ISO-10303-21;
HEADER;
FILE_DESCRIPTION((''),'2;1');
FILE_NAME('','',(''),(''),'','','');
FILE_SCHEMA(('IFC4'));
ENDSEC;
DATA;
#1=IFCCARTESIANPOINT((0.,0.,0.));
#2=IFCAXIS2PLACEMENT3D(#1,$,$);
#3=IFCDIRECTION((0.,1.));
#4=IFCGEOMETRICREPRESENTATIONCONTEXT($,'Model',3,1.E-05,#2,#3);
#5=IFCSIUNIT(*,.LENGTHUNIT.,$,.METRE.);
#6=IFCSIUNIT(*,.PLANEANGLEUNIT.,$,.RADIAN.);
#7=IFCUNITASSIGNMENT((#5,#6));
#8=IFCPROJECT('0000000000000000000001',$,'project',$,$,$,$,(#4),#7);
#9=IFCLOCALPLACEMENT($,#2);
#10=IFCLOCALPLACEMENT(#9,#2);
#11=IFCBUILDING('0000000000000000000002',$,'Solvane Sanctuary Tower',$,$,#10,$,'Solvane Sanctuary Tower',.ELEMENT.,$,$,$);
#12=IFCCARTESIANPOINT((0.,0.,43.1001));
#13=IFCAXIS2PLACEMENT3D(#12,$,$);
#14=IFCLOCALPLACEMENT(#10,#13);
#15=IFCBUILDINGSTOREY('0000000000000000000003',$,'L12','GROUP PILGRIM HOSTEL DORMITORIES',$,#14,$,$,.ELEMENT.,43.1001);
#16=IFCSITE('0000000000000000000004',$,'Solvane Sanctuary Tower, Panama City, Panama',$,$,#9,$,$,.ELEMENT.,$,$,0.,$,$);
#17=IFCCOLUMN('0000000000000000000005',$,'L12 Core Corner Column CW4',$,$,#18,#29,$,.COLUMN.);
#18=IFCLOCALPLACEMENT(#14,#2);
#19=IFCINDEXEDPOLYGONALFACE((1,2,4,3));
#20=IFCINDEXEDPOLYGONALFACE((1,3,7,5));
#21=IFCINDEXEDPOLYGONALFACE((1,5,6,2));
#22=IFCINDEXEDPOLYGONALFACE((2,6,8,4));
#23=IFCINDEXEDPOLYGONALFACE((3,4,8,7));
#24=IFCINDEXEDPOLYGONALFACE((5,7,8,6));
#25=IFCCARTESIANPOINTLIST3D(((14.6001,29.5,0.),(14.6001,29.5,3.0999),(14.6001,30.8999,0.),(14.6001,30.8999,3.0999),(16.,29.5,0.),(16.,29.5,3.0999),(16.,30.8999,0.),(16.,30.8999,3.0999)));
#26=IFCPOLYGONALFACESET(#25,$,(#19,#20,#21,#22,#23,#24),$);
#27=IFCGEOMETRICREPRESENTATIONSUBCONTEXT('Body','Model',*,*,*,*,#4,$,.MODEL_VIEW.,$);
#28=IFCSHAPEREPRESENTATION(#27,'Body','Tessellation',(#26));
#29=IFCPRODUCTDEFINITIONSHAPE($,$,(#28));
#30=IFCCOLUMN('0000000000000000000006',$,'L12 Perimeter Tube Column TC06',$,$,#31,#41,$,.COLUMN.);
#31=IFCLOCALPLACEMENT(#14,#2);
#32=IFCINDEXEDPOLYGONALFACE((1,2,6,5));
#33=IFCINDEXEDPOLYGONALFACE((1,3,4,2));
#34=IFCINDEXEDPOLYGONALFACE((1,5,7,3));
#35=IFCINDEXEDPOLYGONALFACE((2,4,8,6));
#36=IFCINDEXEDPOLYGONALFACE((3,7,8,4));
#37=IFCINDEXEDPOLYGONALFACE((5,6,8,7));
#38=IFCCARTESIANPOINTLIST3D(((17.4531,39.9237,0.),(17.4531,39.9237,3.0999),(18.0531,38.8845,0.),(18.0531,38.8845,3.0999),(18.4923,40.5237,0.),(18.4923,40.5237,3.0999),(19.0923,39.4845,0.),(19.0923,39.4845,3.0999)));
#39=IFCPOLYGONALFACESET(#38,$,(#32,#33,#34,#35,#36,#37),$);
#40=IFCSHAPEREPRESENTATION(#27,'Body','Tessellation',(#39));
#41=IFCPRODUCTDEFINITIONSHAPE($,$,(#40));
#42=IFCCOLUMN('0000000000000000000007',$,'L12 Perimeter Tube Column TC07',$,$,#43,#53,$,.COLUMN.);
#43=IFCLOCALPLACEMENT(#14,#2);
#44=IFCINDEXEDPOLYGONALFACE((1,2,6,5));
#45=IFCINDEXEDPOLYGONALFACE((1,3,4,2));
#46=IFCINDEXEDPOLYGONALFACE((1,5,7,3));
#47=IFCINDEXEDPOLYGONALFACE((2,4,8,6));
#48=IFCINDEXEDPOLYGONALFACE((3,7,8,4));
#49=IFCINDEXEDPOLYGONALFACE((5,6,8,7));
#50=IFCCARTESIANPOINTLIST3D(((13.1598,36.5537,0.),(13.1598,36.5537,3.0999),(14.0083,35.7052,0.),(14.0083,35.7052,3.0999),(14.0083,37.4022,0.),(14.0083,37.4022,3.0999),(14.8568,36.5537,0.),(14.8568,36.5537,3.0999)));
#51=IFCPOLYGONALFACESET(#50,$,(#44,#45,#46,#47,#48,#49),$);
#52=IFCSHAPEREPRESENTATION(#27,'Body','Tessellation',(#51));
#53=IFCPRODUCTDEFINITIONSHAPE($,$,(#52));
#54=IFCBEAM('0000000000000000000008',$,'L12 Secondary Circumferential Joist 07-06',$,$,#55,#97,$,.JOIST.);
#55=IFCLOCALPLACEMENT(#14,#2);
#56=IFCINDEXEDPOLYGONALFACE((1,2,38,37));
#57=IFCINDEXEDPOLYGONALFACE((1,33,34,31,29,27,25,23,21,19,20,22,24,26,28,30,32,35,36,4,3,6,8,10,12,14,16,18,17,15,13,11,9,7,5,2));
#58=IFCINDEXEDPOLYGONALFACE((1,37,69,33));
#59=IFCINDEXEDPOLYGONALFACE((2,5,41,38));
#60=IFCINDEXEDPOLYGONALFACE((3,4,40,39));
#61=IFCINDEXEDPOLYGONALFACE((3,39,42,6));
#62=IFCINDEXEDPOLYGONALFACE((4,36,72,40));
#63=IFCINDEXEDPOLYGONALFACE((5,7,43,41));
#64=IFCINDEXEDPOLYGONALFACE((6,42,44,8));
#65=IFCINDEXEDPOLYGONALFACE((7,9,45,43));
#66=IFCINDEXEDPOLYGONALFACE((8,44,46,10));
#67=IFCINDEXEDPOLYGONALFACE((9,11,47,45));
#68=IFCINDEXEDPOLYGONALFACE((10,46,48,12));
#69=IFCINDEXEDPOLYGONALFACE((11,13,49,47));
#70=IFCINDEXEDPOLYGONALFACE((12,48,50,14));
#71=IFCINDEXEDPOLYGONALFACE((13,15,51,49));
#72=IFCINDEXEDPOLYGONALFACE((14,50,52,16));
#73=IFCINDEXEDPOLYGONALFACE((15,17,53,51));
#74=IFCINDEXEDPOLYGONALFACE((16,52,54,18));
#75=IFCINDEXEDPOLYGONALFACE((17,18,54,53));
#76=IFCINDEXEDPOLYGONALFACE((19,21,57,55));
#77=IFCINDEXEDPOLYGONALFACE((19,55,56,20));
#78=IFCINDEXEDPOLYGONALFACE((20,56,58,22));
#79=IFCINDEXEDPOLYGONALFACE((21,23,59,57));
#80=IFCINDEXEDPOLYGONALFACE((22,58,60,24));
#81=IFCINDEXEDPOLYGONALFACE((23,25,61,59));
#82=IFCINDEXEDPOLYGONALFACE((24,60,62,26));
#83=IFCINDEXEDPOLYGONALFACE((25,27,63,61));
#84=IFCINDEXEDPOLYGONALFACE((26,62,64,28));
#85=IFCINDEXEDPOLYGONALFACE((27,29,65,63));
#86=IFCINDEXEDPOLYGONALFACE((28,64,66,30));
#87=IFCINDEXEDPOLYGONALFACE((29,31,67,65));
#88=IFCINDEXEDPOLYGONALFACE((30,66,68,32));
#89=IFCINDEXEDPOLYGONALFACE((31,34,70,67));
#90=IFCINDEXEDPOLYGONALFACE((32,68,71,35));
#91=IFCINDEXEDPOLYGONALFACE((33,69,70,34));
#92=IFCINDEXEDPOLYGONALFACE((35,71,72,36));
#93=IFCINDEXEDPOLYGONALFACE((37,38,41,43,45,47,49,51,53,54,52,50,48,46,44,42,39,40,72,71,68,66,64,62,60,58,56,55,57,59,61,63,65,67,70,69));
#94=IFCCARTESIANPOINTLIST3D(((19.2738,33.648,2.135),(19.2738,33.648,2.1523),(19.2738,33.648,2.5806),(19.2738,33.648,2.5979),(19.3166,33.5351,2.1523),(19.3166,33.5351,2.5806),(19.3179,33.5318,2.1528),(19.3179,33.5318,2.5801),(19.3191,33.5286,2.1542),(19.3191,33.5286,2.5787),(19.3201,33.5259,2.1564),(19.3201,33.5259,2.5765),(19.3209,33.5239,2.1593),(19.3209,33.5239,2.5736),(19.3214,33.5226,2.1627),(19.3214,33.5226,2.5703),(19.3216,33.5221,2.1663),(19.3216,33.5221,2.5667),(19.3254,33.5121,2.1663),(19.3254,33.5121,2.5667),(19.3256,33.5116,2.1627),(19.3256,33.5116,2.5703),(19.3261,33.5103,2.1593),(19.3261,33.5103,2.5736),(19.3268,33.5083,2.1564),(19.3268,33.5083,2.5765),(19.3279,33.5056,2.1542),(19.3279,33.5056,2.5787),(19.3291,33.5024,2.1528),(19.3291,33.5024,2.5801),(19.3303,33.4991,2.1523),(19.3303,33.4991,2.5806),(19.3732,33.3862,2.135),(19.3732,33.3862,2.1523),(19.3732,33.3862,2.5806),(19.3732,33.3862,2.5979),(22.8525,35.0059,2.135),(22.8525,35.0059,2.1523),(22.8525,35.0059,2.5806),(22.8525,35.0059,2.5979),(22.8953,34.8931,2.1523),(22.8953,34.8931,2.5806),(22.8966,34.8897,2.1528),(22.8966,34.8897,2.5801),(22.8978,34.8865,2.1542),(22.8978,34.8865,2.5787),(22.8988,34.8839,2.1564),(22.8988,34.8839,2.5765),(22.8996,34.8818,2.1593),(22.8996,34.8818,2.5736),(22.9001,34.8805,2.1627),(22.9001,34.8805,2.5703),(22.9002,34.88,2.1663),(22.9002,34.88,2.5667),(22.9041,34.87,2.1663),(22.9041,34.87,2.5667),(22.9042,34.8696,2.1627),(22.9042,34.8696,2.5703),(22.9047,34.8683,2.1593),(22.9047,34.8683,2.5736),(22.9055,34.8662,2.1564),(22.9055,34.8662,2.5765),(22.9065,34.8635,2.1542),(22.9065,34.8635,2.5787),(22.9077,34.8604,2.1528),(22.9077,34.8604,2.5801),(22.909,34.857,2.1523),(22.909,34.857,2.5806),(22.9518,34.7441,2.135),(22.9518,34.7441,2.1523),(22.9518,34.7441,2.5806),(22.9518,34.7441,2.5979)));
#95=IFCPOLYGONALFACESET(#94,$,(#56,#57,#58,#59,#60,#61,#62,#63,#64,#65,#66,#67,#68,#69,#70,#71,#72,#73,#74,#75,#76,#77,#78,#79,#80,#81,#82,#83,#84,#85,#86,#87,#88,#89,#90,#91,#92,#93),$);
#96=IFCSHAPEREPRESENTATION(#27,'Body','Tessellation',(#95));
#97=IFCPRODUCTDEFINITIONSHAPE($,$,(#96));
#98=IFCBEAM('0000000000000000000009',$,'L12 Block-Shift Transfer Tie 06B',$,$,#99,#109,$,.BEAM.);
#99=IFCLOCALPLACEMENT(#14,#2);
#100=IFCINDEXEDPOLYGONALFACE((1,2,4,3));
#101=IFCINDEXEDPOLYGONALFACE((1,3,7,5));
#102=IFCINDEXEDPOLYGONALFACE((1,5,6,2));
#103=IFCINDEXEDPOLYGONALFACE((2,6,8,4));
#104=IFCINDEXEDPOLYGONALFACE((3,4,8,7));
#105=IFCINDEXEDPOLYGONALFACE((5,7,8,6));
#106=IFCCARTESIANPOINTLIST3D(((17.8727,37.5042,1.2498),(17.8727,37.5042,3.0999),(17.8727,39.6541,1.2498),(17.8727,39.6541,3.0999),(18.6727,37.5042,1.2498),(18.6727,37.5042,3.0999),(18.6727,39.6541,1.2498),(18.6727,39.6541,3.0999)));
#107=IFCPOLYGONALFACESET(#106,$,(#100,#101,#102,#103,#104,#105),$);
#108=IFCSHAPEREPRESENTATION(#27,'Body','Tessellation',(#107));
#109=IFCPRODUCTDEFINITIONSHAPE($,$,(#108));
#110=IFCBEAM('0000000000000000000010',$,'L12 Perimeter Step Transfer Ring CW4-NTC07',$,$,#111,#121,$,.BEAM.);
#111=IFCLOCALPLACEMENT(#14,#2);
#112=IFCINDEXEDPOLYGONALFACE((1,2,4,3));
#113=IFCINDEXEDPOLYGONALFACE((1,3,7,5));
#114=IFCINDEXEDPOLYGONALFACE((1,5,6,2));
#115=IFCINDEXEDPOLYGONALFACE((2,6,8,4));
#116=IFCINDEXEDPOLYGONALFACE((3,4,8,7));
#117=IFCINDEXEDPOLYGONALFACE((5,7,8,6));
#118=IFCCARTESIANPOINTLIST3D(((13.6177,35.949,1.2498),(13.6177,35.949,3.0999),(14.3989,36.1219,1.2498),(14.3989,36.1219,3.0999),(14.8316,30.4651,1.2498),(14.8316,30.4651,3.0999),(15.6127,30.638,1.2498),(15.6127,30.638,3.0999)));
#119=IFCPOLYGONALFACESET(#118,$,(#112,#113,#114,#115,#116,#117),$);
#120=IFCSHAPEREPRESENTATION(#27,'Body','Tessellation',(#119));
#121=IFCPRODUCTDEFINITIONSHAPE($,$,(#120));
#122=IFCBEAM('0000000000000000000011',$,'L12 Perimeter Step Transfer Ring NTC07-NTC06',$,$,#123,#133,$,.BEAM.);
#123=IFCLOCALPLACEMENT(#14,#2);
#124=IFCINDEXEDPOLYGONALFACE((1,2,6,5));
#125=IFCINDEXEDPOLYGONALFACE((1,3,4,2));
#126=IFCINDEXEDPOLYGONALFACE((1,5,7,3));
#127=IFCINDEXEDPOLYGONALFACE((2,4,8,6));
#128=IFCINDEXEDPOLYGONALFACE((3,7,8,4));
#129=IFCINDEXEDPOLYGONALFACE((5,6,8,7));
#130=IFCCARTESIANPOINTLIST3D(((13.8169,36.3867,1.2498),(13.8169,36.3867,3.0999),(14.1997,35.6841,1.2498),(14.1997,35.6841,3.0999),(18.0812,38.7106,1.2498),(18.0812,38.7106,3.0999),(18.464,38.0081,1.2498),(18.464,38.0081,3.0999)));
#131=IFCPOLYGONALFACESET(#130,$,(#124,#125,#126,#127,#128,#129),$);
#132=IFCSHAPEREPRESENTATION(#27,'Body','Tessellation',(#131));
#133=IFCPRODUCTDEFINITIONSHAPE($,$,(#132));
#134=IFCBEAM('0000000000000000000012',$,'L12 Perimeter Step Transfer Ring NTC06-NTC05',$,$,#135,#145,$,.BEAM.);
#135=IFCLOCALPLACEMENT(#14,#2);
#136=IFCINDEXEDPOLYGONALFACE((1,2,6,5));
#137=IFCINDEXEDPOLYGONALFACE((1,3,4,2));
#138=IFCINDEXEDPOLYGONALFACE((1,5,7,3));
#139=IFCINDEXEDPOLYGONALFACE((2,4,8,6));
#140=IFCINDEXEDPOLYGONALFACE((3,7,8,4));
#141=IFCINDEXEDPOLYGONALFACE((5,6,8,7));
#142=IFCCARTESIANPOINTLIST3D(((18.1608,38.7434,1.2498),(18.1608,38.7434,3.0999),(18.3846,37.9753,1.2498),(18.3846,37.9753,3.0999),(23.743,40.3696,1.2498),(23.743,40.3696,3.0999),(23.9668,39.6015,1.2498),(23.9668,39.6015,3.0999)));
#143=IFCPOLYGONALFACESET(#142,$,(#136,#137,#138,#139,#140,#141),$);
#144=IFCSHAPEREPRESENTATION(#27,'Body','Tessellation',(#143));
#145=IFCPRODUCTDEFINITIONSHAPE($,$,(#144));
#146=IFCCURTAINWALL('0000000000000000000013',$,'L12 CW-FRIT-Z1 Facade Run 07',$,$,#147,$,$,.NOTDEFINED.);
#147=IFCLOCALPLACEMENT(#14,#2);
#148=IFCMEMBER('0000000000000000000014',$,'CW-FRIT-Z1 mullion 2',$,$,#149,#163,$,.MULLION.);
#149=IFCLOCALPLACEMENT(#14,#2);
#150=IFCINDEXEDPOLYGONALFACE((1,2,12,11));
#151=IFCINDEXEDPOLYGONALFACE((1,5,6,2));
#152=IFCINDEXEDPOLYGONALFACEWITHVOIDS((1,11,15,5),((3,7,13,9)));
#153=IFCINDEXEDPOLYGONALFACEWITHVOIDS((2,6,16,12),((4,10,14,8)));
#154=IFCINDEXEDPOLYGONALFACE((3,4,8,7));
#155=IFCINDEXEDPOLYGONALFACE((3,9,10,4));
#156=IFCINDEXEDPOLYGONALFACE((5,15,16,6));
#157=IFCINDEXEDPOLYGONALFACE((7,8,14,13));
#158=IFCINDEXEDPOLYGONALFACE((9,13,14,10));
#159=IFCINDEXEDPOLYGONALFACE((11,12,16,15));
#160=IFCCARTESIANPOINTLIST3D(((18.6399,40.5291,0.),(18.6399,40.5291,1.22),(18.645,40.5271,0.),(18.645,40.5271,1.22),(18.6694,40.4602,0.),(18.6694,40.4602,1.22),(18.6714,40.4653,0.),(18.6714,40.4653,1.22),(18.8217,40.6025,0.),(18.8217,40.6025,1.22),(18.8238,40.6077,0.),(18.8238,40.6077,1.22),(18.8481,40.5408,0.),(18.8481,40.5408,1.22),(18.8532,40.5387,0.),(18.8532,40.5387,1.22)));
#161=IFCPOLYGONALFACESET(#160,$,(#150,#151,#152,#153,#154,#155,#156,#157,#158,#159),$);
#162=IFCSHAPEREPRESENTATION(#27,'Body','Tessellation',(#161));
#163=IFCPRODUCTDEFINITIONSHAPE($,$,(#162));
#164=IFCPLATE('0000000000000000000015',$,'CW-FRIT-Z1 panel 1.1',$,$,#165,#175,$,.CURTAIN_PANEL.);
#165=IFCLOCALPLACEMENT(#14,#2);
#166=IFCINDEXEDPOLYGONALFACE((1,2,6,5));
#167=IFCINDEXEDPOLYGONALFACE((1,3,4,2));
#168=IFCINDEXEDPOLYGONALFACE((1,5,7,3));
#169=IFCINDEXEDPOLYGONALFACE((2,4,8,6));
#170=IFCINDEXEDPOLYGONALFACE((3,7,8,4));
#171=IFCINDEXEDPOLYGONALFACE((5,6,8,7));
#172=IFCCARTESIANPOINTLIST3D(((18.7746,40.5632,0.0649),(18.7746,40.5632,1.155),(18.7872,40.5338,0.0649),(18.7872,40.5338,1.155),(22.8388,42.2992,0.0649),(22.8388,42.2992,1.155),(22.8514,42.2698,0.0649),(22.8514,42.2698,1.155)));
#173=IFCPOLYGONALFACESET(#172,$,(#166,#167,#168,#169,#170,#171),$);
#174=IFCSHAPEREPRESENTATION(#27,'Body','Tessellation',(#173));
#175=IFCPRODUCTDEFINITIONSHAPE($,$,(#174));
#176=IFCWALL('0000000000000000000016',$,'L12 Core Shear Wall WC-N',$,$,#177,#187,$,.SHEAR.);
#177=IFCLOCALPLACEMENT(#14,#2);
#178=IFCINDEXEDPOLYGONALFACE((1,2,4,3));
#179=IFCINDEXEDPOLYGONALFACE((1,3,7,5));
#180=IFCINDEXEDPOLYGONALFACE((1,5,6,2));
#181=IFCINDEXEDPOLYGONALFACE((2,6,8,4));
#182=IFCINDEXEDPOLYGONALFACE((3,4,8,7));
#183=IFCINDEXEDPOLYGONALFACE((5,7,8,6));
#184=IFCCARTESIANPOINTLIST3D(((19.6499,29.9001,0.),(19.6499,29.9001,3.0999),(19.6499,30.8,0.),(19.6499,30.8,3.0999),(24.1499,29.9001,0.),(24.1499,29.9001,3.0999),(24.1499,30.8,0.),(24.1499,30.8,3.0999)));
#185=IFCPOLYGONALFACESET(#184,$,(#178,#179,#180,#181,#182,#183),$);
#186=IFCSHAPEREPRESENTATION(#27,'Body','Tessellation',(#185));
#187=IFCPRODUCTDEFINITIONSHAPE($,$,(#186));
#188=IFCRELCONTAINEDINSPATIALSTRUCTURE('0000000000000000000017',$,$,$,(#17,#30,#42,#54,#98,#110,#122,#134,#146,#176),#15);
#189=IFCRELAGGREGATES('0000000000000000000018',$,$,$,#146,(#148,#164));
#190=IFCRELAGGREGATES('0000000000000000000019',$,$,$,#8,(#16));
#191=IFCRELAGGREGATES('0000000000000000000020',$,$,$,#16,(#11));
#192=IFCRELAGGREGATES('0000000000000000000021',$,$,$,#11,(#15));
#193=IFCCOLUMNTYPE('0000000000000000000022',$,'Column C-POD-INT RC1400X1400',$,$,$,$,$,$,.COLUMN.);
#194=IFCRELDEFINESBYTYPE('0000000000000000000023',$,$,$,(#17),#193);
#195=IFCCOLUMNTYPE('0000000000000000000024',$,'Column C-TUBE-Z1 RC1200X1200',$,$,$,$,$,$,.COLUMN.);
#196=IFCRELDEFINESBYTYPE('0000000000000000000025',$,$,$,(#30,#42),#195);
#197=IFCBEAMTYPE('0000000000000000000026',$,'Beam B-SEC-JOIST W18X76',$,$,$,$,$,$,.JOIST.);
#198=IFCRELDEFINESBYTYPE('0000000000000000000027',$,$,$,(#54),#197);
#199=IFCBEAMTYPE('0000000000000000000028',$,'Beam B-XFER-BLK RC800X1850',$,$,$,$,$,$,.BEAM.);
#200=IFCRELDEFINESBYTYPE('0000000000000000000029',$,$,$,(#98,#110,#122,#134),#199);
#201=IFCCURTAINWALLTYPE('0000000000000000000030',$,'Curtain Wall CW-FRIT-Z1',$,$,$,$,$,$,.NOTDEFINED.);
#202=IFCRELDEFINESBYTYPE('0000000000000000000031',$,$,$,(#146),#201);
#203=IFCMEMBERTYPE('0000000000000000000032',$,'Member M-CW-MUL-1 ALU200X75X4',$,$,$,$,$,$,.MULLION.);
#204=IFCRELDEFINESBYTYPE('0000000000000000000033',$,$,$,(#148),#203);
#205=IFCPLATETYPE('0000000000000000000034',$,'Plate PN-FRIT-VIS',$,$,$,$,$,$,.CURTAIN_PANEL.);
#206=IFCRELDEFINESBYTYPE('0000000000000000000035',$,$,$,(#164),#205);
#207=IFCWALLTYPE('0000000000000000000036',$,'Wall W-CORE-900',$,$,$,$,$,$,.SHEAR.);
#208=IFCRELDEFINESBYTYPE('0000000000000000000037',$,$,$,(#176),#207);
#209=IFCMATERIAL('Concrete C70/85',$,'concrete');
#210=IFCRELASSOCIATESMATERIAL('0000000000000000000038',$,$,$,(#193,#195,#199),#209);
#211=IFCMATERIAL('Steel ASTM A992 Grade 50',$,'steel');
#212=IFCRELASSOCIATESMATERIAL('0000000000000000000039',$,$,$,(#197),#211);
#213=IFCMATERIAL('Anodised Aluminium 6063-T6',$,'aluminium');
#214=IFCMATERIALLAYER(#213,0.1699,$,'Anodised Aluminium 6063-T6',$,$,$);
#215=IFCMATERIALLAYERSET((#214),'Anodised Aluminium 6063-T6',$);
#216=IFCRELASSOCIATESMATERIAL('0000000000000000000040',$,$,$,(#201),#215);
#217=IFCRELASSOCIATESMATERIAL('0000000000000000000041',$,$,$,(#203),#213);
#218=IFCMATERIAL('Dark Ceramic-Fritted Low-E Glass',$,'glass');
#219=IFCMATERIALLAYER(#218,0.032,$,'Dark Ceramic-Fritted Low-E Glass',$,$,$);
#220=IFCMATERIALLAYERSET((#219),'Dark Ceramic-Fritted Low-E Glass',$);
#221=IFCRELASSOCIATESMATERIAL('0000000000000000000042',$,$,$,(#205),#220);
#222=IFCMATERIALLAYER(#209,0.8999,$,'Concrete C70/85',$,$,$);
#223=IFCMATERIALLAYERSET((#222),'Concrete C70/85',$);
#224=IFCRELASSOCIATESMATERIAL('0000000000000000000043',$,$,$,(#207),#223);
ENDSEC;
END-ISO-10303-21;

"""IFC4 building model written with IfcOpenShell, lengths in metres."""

from ifc_helpers import new_model, si_unit, direction, frame, frame_2d, origin, origin_2d, place, context, subcontext, project, spatial, rectangle, hollow_rectangle, i_section, extrude, material, layer, layer_set, material_profile, profile_set, type_object, element, aggregate, save


model = new_model("IFC4")

# Units and contexts
model_context = context("Model", 3, precision=1e-05, world=origin(), true_north=direction((0.0, 1.0)))
body_context = subcontext(model_context, "Body", "Model", "MODEL_VIEW")
ifc_project = project(units=[si_unit("LENGTHUNIT", "METRE"), si_unit("PLANEANGLEUNIT", "RADIAN")], contexts=[model_context])

# Site, building, storey
site_placement = place(None, origin())
site = spatial("IfcSite", under=ifc_project, at=site_placement, Name="Solvane Sanctuary Tower, Panama City, Panama", CompositionType="ELEMENT", RefElevation=0.0)
building_placement = place(site_placement, origin())
building = spatial("IfcBuilding", under=site, at=building_placement, Name="Solvane Sanctuary Tower", LongName="Solvane Sanctuary Tower", CompositionType="ELEMENT")
storey_placement = place(building_placement, frame((0.0, 0.0, 43.1001)))
storey = spatial("IfcBuildingStorey", under=building, at=storey_placement, Name="L12", Description="GROUP PILGRIM HOSTEL DORMITORIES", CompositionType="ELEMENT", Elevation=43.1001)

# Columns
ifc_material_1 = material(Name="Concrete C70/85", Category="concrete")
ifc_material_profile_1 = material_profile(ifc_material_1, rectangle(XDim=1.3999, YDim=1.3999, at=origin_2d()), Name="RC1400X1400")
ifc_profile_set_1 = profile_set([ifc_material_profile_1], Name="Concrete C70/85")
column_type_1 = type_object("IfcColumnType", Name="Column C-POD-INT RC1400X1400", PredefinedType="COLUMN", material=ifc_profile_set_1)
column_placement = place(storey_placement, frame((15.3, 30.2, 0.0), z_axis=(0.0, 0.0, 1.0), x_axis=(1.0, 0.0, 0.0)))
element("IfcColumn", 1, at=column_placement, inside=storey, type_object=column_type_1, Name="L12 Core Corner Column CW4", PredefinedType="COLUMN", context=body_context, shape_type="SweptSolid", body=[
    extrude(rectangle(XDim=1.3999, YDim=1.3999, at=origin_2d()), origin(), (0.0, 0.0, 1.0), 3.0999),
])
ifc_material_profile_2 = material_profile(ifc_material_1, rectangle(XDim=1.2, YDim=1.2, at=origin_2d()), Name="RC1200X1200")
ifc_profile_set_2 = profile_set([ifc_material_profile_2], Name="Concrete C70/85")
column_type_2 = type_object("IfcColumnType", Name="Column C-TUBE-Z1 RC1200X1200", PredefinedType="COLUMN", material=ifc_profile_set_2)
for number, where, z_axis, x_axis, name in (
    (2, (18.2727, 39.7041, 0.0), (0.0, 0.0, 1.0), (-0.5, 0.866025, 0.0), "L12 Perimeter Tube Column TC06"),
    (3, (14.0083, 36.5537, 0.0), (0.0, 0.0, 1.0), (-0.707107, 0.707107, 0.0), "L12 Perimeter Tube Column TC07"),
):
    element("IfcColumn", number, at=place(storey_placement, frame(where, z_axis=z_axis, x_axis=x_axis)), inside=storey, type_object=column_type_2, Name=name, PredefinedType="COLUMN", context=body_context, shape_type="SweptSolid", body=[
        extrude(rectangle(XDim=1.2, YDim=1.2, at=origin_2d()), origin(), (0.0, 0.0, 1.0), 3.0999),
    ])

# Beams
ifc_material_2 = material(Name="Steel ASTM A992 Grade 50", Category="steel")
ifc_material_profile_3 = material_profile(ifc_material_2, i_section(OverallWidth=0.28, OverallDepth=0.4629, WebThickness=0.0107, FlangeThickness=0.0173, FilletRadius=0.0139, at=origin_2d()), Name="W18X76")
ifc_profile_set_3 = profile_set([ifc_material_profile_3], Name="Steel ASTM A992 Grade 50")
beam_type_1 = type_object("IfcBeamType", Name="Beam B-SEC-JOIST W18X76", PredefinedType="JOIST", material=ifc_profile_set_3)
beam_1_placement = place(storey_placement, frame((19.3235, 33.5171, 2.3665), z_axis=(0.934954, 0.35477, 0.0), x_axis=(-0.35477, 0.934954, 0.0)))
element("IfcBeam", 4, at=beam_1_placement, inside=storey, type_object=beam_type_1, Name="L12 Secondary Circumferential Joist 07-06", PredefinedType="JOIST", context=body_context, shape_type="SweptSolid", body=[
    extrude(i_section(OverallWidth=0.28, OverallDepth=0.4629, WebThickness=0.0107, FlangeThickness=0.0173, FilletRadius=0.0139, at=origin_2d()), origin(), (0.0, 0.0, 1.0), 3.8276),
])
ifc_material_profile_4 = material_profile(ifc_material_1, rectangle(XDim=0.8, YDim=1.8501, at=origin_2d()), Name="RC800X1850")
ifc_profile_set_4 = profile_set([ifc_material_profile_4], Name="Concrete C70/85")
beam_type_2 = type_object("IfcBeamType", Name="Beam B-XFER-BLK RC800X1850", PredefinedType="BEAM", material=ifc_profile_set_4)
beam_2_placement = place(storey_placement, frame((18.2727, 39.6541, 2.1748), z_axis=(0.0, -1.0, 0.0), x_axis=(1.0, 0.0, 0.0)))
element("IfcBeam", 5, at=beam_2_placement, inside=storey, type_object=beam_type_2, Name="L12 Block-Shift Transfer Tie 06B", PredefinedType="BEAM", context=body_context, shape_type="SweptSolid", body=[
    extrude(rectangle(XDim=0.8, YDim=1.8501, at=origin_2d()), origin(), (0.0, 0.0, 1.0), 2.1499),
])
beam_3_placement = place(storey_placement, frame((15.2222, 30.5515, 2.1748), z_axis=(-0.21612, 0.976367, 0.0), x_axis=(-0.976367, -0.21612, 0.0)))
element("IfcBeam", 6, at=beam_3_placement, inside=storey, type_object=beam_type_2, Name="L12 Perimeter Step Transfer Ring CW4-NTC07", PredefinedType="BEAM", context=body_context, shape_type="SweptSolid", body=[
    extrude(rectangle(XDim=0.8, YDim=1.8501, at=origin_2d()), origin(), (0.0, 0.0, 1.0), 5.6167),
])
beam_4_placement = place(storey_placement, frame((14.0083, 36.0354, 2.1748), z_axis=(0.878074, 0.478525, 0.0), x_axis=(-0.478525, 0.878074, 0.0)))
element("IfcBeam", 7, at=beam_4_placement, inside=storey, type_object=beam_type_2, Name="L12 Perimeter Step Transfer Ring NTC07-NTC06", PredefinedType="BEAM", context=body_context, shape_type="SweptSolid", body=[
    extrude(rectangle(XDim=0.8, YDim=1.8501, at=origin_2d()), origin(), (0.0, 0.0, 1.0), 4.8564),
])
beam_5_placement = place(storey_placement, frame((18.2727, 38.3594, 2.1748), z_axis=(0.96009, 0.279692, 0.0), x_axis=(-0.279692, 0.96009, 0.0)))
element("IfcBeam", 8, at=beam_5_placement, inside=storey, type_object=beam_type_2, Name="L12 Perimeter Step Transfer Ring NTC06-NTC05", PredefinedType="BEAM", context=body_context, shape_type="SweptSolid", body=[
    extrude(rectangle(XDim=0.8, YDim=1.8501, at=origin_2d()), origin(), (0.0, 0.0, 1.0), 5.8142),
])

# Curtain wall, member, plate
ifc_material_3 = material(Name="Anodised Aluminium 6063-T6", Category="aluminium")
ifc_layer_1 = layer(ifc_material_3, 0.1699, Name="Anodised Aluminium 6063-T6")
ifc_layer_set_1 = layer_set([ifc_layer_1], Name="Anodised Aluminium 6063-T6")
curtain_wall_type = type_object("IfcCurtainWallType", Name="Curtain Wall CW-FRIT-Z1", PredefinedType="NOTDEFINED", material=ifc_layer_set_1)
curtain_wall_placement = place(storey_placement, origin())
curtain_wall = element("IfcCurtainWall", 9, at=curtain_wall_placement, inside=storey, type_object=curtain_wall_type, Name="L12 CW-FRIT-Z1 Facade Run 07", PredefinedType="NOTDEFINED")
ifc_material_profile_5 = material_profile(ifc_material_3, hollow_rectangle(XDim=0.075, YDim=0.2, WallThickness=0.0039, at=origin_2d()), Name="ALU200X75X4")
ifc_profile_set_5 = profile_set([ifc_material_profile_5], Name="Anodised Aluminium 6063-T6")
member_type = type_object("IfcMemberType", Name="Member M-CW-MUL-1 ALU200X75X4", PredefinedType="MULLION", material=ifc_profile_set_5)
member_placement = place(storey_placement, frame((18.7466, 40.5339, 0.0), z_axis=(0.0, 0.0, 1.0), x_axis=(0.39282, -0.919615, 0.0)))
member = element("IfcMember", 10, at=member_placement, type_object=member_type, Name="CW-FRIT-Z1 mullion 2", PredefinedType="MULLION", context=body_context, shape_type="SweptSolid", body=[
    extrude(hollow_rectangle(XDim=0.075, YDim=0.2, WallThickness=0.0039, at=origin_2d()), origin(), (0.0, 0.0, 1.0), 1.22),
])
ifc_material_4 = material(Name="Dark Ceramic-Fritted Low-E Glass", Category="glass")
ifc_layer_2 = layer(ifc_material_4, 0.032, Name="Dark Ceramic-Fritted Low-E Glass")
ifc_layer_set_2 = layer_set([ifc_layer_2], Name="Dark Ceramic-Fritted Low-E Glass")
plate_type = type_object("IfcPlateType", Name="Plate PN-FRIT-VIS", PredefinedType="CURTAIN_PANEL", material=ifc_layer_set_2)
plate_placement = place(storey_placement, frame((20.813, 41.4165, 0.0649), z_axis=(0.0, 0.0, 1.0), x_axis=(-0.919615, -0.39282, 0.0)))
plate = element("IfcPlate", 11, at=plate_placement, type_object=plate_type, Name="CW-FRIT-Z1 panel 1.1", PredefinedType="CURTAIN_PANEL", context=body_context, shape_type="SweptSolid", body=[
    extrude(rectangle(XDim=4.4194, YDim=0.032, at=origin_2d()), origin(), (0.0, 0.0, 1.0), 1.0901),
])
aggregate(curtain_wall, [member, plate])

# Wall
ifc_layer_3 = layer(ifc_material_1, 0.8999, Name="Concrete C70/85")
ifc_layer_set_3 = layer_set([ifc_layer_3], Name="Concrete C70/85")
wall_type_1 = type_object("IfcWallType", Name="Wall W-CORE-900", PredefinedType="SHEAR", material=ifc_layer_set_3)
wall_1_placement = place(storey_placement, frame((19.6499, 30.3501, 0.0), z_axis=(0.0, 0.0, 1.0), x_axis=(1.0, 0.0, 0.0)))
element("IfcWall", 12, at=wall_1_placement, inside=storey, type_object=wall_type_1, Name="L12 Core Shear Wall WC-N", PredefinedType="SHEAR", context=body_context, shape_type="SweptSolid", body=[
    extrude(rectangle(XDim=4.5, YDim=0.8999, at=frame_2d((2.25, 0.0))), origin(), (0.0, 0.0, 1.0), 3.0999),
])

save(model, "model.ifc")
